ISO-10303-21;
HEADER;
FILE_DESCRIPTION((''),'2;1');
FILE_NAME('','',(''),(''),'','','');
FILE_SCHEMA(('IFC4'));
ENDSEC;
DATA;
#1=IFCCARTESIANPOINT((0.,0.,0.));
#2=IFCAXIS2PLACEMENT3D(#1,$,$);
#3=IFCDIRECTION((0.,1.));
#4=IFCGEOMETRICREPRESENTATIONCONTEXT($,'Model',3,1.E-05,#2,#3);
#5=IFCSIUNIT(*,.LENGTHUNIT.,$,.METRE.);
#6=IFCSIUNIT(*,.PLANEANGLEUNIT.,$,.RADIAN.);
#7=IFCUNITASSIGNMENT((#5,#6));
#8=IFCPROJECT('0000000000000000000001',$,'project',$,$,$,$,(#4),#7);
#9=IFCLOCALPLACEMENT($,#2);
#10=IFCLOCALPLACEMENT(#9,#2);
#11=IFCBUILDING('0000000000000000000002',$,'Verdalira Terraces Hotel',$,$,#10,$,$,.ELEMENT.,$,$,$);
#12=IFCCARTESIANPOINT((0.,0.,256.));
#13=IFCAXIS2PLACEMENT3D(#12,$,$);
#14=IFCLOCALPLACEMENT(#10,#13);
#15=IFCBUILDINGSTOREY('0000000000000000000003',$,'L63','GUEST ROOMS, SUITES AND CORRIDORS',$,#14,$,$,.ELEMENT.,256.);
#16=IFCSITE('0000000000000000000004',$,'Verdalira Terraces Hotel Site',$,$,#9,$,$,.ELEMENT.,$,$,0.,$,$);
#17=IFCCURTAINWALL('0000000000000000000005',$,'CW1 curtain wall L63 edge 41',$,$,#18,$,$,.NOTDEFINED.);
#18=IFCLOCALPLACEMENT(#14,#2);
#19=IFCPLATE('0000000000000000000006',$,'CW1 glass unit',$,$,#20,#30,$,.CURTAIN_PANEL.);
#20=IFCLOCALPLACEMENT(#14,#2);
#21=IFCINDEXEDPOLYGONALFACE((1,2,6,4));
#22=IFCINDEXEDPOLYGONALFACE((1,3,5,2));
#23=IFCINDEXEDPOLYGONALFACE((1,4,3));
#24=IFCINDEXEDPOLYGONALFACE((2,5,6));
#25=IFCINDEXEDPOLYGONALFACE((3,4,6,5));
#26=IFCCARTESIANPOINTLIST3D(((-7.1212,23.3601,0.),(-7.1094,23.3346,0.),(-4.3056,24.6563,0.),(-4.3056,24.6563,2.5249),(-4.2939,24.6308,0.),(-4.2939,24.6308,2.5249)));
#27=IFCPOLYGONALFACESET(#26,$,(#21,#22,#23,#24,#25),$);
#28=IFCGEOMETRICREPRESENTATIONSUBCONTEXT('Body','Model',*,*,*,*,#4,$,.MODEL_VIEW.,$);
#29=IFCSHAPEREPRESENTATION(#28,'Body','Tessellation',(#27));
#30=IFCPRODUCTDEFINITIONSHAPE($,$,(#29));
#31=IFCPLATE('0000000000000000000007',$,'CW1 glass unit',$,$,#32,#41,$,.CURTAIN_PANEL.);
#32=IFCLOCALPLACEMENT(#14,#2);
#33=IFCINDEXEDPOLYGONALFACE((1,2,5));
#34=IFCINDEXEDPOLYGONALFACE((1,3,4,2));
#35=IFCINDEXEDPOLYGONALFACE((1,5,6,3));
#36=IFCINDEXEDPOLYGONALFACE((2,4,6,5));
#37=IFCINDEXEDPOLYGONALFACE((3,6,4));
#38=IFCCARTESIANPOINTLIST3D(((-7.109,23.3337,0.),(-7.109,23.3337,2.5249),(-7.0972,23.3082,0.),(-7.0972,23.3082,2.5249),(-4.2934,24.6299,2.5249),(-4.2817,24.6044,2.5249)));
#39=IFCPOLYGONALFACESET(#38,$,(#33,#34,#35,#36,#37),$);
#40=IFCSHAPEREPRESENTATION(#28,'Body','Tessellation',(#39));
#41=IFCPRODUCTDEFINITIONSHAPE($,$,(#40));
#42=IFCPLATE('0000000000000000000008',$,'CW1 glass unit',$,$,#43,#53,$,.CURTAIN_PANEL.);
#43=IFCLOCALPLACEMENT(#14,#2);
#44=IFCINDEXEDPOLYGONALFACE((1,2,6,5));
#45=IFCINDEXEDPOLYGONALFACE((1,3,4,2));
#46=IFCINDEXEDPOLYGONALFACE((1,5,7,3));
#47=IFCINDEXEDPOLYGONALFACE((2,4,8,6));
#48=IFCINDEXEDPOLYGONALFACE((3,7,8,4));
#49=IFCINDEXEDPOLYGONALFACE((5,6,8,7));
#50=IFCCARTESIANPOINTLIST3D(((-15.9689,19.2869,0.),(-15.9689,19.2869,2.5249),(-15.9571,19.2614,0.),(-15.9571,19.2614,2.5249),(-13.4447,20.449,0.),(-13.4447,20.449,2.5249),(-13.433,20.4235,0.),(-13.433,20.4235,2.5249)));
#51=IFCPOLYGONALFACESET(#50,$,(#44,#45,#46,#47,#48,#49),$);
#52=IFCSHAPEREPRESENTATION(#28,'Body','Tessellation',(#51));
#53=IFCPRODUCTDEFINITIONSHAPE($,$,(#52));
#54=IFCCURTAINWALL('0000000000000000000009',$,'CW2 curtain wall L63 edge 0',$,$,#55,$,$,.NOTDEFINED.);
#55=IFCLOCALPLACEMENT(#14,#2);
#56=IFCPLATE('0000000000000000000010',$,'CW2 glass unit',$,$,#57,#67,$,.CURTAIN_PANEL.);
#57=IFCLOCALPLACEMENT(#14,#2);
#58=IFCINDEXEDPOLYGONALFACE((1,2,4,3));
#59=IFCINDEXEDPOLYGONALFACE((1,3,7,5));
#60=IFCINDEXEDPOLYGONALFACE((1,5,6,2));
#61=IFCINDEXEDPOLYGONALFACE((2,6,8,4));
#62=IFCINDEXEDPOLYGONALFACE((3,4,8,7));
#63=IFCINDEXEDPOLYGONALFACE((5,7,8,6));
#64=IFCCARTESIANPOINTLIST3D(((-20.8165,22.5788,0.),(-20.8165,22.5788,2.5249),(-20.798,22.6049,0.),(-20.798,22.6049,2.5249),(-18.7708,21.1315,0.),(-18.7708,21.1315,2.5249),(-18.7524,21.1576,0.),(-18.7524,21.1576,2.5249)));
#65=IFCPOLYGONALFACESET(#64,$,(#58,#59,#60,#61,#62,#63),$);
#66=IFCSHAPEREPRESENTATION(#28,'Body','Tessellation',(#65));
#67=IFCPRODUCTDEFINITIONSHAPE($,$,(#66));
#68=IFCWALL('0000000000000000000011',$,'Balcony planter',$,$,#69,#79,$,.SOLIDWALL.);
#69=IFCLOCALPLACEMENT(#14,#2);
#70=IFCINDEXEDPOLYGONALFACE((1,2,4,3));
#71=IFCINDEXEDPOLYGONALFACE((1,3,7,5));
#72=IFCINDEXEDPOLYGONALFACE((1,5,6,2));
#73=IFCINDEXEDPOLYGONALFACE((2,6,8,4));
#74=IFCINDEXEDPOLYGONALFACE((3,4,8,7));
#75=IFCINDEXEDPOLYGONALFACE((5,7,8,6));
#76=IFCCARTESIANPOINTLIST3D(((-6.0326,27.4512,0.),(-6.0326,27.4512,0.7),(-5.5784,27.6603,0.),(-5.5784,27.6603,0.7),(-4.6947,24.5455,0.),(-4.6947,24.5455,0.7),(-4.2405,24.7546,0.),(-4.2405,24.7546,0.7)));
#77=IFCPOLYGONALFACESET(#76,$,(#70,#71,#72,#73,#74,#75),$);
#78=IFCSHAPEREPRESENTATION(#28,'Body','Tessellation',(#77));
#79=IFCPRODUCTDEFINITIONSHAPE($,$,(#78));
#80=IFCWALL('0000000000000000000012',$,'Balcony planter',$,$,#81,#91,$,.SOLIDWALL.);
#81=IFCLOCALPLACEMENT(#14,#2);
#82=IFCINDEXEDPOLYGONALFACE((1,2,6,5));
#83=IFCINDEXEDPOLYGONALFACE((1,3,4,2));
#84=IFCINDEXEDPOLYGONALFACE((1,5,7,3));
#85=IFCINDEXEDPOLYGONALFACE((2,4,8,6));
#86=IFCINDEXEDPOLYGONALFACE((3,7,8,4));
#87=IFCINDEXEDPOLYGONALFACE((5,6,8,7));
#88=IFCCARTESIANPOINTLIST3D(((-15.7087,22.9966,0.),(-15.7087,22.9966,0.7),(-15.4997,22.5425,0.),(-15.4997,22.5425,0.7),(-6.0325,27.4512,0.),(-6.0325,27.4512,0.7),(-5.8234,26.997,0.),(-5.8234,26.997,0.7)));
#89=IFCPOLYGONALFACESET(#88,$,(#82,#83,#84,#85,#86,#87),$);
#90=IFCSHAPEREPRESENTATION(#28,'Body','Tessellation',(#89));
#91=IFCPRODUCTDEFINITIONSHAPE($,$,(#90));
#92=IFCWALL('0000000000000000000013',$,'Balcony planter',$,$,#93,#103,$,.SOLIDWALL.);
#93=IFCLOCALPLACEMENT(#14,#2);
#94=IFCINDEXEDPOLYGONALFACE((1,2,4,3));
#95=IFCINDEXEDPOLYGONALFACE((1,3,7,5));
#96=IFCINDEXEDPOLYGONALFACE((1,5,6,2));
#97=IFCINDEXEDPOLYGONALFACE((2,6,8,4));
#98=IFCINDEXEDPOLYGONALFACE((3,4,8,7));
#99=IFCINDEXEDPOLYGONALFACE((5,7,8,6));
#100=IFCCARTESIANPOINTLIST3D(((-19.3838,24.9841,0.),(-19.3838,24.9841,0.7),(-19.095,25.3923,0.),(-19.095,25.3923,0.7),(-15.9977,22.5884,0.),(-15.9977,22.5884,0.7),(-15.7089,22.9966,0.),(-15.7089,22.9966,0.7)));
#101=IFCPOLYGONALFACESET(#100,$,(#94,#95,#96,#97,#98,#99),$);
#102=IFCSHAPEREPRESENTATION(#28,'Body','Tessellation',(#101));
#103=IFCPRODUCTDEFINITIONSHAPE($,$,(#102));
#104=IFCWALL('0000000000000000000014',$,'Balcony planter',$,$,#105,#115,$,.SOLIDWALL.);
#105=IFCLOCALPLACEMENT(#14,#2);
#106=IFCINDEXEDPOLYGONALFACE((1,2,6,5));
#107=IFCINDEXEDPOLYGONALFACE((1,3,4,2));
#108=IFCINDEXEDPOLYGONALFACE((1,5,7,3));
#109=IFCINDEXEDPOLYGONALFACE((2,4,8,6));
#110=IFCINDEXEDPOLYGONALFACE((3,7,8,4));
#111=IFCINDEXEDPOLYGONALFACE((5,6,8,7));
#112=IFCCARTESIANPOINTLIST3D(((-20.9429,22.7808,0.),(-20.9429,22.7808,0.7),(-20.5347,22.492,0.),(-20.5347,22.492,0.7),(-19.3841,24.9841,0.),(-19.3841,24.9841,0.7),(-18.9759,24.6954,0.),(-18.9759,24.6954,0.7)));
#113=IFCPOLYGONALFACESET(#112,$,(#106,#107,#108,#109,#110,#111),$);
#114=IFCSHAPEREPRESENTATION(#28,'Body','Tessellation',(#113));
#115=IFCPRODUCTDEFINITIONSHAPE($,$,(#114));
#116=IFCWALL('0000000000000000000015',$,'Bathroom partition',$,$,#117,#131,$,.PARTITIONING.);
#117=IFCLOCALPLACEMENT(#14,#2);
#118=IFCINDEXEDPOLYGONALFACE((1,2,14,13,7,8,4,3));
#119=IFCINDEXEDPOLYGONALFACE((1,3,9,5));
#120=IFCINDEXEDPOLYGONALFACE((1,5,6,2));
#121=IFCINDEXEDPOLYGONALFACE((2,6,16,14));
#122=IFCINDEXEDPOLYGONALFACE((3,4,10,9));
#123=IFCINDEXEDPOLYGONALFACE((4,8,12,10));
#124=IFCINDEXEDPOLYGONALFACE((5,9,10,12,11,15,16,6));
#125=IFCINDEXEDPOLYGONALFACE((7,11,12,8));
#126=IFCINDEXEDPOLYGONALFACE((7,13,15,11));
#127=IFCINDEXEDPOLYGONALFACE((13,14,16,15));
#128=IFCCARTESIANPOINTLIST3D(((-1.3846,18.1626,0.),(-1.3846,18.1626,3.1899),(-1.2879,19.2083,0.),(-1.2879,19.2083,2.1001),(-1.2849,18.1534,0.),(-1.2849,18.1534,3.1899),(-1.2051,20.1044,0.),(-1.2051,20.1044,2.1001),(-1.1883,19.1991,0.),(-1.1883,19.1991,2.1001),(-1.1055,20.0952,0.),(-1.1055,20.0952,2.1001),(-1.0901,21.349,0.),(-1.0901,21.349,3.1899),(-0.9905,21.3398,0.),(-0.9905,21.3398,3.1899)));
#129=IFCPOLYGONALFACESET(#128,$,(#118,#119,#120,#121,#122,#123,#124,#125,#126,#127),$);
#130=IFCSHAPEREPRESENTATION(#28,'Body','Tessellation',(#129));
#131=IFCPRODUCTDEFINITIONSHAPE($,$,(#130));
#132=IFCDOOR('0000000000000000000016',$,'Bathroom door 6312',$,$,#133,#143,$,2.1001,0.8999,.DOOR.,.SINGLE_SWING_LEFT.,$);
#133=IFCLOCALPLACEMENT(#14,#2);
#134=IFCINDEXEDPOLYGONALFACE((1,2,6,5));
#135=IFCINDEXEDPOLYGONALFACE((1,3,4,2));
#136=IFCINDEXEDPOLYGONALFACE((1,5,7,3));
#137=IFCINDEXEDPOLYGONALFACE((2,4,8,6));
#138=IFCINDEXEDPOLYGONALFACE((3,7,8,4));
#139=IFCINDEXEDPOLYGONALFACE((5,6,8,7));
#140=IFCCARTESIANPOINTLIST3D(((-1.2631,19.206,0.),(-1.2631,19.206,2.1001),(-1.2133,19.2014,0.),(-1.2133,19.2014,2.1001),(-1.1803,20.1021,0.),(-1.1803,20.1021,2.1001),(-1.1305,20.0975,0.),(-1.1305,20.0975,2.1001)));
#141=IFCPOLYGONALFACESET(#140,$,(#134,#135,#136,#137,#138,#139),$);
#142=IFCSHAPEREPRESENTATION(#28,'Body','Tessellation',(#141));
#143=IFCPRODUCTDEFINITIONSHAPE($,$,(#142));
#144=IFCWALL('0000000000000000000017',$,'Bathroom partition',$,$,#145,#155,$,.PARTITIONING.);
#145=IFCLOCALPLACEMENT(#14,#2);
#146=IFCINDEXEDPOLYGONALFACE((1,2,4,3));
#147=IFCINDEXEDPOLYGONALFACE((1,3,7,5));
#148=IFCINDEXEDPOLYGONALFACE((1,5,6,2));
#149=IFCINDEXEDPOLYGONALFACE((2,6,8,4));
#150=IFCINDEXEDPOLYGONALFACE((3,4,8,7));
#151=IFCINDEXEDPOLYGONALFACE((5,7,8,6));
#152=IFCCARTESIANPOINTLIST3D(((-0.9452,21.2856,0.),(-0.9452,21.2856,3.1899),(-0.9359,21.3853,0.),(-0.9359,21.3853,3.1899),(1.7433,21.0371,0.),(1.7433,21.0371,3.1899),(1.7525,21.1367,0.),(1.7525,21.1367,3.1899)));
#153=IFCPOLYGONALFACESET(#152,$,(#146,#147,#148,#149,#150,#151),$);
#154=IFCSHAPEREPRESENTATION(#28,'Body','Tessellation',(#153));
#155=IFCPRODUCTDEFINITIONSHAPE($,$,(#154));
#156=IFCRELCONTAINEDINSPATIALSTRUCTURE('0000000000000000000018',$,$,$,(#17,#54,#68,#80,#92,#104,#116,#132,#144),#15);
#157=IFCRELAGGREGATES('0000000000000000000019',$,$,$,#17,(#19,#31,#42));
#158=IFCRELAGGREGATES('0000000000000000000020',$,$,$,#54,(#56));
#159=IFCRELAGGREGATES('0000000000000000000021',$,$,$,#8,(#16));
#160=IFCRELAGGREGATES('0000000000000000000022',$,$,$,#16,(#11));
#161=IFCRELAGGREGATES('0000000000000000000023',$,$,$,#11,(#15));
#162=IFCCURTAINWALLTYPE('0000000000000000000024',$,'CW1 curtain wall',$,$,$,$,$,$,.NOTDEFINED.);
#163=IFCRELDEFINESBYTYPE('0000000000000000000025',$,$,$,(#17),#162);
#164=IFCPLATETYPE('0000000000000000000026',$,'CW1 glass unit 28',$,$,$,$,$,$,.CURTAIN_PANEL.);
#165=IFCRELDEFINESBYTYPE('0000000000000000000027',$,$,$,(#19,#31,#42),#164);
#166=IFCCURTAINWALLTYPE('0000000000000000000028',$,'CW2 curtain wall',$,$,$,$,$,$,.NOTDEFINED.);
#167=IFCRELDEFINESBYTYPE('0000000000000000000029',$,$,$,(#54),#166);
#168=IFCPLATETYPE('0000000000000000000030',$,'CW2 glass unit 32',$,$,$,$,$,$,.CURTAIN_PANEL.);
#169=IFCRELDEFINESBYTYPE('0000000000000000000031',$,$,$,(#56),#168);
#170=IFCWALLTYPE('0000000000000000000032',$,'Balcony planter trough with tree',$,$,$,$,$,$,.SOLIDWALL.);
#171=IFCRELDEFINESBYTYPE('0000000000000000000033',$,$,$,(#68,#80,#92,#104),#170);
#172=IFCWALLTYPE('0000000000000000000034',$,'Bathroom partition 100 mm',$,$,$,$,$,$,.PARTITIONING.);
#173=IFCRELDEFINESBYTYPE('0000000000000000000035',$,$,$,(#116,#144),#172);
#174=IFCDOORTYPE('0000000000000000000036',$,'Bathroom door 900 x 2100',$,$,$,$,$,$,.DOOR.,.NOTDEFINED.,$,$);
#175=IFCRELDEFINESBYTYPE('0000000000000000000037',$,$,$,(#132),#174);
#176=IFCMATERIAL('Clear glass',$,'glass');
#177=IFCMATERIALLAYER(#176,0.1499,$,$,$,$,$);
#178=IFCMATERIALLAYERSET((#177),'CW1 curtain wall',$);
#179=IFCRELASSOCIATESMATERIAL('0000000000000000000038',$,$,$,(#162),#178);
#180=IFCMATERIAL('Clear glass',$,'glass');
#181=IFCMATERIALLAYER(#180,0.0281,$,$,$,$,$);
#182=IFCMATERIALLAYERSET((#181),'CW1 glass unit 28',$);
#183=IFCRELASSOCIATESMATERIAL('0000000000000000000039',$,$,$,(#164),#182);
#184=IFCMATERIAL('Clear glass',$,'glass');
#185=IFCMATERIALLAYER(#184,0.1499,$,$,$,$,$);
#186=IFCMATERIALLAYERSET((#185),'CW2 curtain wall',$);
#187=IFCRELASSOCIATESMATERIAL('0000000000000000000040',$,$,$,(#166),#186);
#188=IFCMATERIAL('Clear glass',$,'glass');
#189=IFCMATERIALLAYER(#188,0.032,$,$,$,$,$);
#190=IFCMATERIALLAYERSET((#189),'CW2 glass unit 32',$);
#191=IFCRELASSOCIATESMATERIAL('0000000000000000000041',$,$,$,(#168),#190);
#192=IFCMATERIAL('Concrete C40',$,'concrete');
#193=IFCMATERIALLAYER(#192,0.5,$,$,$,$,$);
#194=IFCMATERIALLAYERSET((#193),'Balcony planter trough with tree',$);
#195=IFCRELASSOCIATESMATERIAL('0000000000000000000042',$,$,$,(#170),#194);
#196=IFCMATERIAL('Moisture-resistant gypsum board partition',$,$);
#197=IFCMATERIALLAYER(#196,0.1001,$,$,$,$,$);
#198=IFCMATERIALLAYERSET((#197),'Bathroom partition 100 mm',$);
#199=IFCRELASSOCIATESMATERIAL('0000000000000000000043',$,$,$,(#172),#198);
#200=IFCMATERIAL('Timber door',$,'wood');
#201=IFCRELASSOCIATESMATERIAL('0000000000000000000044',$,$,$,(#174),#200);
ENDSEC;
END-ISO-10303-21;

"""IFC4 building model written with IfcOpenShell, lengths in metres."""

from ifc_helpers import new_model, si_unit, direction, frame, frame_2d, origin, origin_2d, place, context, subcontext, project, spatial, polyline, rectangle, outline, extrude, material, layer, layer_set, type_object, element, fill, aggregate, save


model = new_model("IFC4")

# Units and contexts
model_context = context("Model", 3, precision=1e-05, world=origin(), true_north=direction((0.0, 1.0)))
body_context = subcontext(model_context, "Body", "Model", "MODEL_VIEW")
ifc_project = project(units=[si_unit("LENGTHUNIT", "METRE"), si_unit("PLANEANGLEUNIT", "RADIAN")], contexts=[model_context])

# Site, building, storey
site_placement = place(None, origin())
site = spatial("IfcSite", under=ifc_project, at=site_placement, Name="Verdalira Terraces Hotel Site", CompositionType="ELEMENT", RefElevation=0.0)
building_placement = place(site_placement, origin())
building = spatial("IfcBuilding", under=site, at=building_placement, Name="Verdalira Terraces Hotel", CompositionType="ELEMENT")
storey_placement = place(building_placement, frame((0.0, 0.0, 256.0)))
storey = spatial("IfcBuildingStorey", under=building, at=storey_placement, Name="L63", Description="GUEST ROOMS, SUITES AND CORRIDORS", CompositionType="ELEMENT", Elevation=256.0)

# Shared definitions
ifc_material_1 = material(Name="Clear glass", Category="glass")
ifc_layer_1 = layer(ifc_material_1, 0.1499)
ifc_layer_set_1 = layer_set([ifc_layer_1], Name="CW1 curtain wall")
curtain_wall_type_1 = type_object("IfcCurtainWallType", Name="CW1 curtain wall", PredefinedType="NOTDEFINED", material=ifc_layer_set_1)

# Curtain wall
curtain_wall_1_placement = place(storey_placement, origin())
curtain_wall_1 = element("IfcCurtainWall", 1, at=curtain_wall_1_placement, inside=storey, type_object=curtain_wall_type_1, Name="CW1 curtain wall L63 edge 41", PredefinedType="NOTDEFINED")

# Plates
ifc_material_2 = material(Name="Clear glass", Category="glass")
ifc_layer_2 = layer(ifc_material_2, 0.0281)
ifc_layer_set_2 = layer_set([ifc_layer_2], Name="CW1 glass unit 28")
plate_type_1 = type_object("IfcPlateType", Name="CW1 glass unit 28", PredefinedType="CURTAIN_PANEL", material=ifc_layer_set_2)
plate_1_placement = place(storey_placement, frame((-5.7017, 23.9827, 1.2625), z_axis=(-0.418184, 0.908362, 0.0), x_axis=(-0.908362, -0.418184, 0.0)))
plate_1 = element("IfcPlate", 2, at=plate_1_placement, type_object=plate_type_1, Name="CW1 glass unit", PredefinedType="CURTAIN_PANEL", context=body_context, shape_type="SweptSolid", body=[
    extrude(outline(polyline([(-1.5498, -1.2625), (1.5498, -1.2625), (-1.5498, 1.2625), (-1.5498, -1.2625)])), origin(), (0.0, 0.0, 1.0), 0.0281),
])
plate_2_placement = place(storey_placement, frame((-5.6895, 23.9563, 1.2625), z_axis=(-0.418184, 0.908362, 0.0), x_axis=(-0.908362, -0.418184, 0.0)))
plate_2 = element("IfcPlate", 3, at=plate_2_placement, type_object=plate_type_1, Name="CW1 glass unit", PredefinedType="CURTAIN_PANEL", context=body_context, shape_type="SweptSolid", body=[
    extrude(outline(polyline([(1.5498, -1.2625), (1.5498, 1.2625), (-1.5498, 1.2625), (1.5498, -1.2625)])), origin(), (0.0, 0.0, 1.0), 0.0281),
])
plate_3_placement = place(storey_placement, frame((-14.7009, 19.8552, 0.0), z_axis=(0.0, 0.0, 1.0), x_axis=(-0.908362, -0.418184, 0.0)))
plate_3 = element("IfcPlate", 4, at=plate_3_placement, type_object=plate_type_1, Name="CW1 glass unit", PredefinedType="CURTAIN_PANEL", context=body_context, shape_type="SweptSolid", body=[
    extrude(rectangle(XDim=2.7788, YDim=0.0281, at=origin_2d()), origin(), (0.0, 0.0, 1.0), 2.5249),
])
aggregate(curtain_wall_1, [plate_1, plate_2, plate_3])

# Curtain wall, plate
ifc_material_3 = material(Name="Clear glass", Category="glass")
ifc_layer_3 = layer(ifc_material_3, 0.1499)
ifc_layer_set_3 = layer_set([ifc_layer_3], Name="CW2 curtain wall")
curtain_wall_type_2 = type_object("IfcCurtainWallType", Name="CW2 curtain wall", PredefinedType="NOTDEFINED", material=ifc_layer_set_3)
curtain_wall_2_placement = place(storey_placement, origin())
curtain_wall_2 = element("IfcCurtainWall", 5, at=curtain_wall_2_placement, inside=storey, type_object=curtain_wall_type_2, Name="CW2 curtain wall L63 edge 0", PredefinedType="NOTDEFINED")
ifc_material_4 = material(Name="Clear glass", Category="glass")
ifc_layer_4 = layer(ifc_material_4, 0.032)
ifc_layer_set_4 = layer_set([ifc_layer_4], Name="CW2 glass unit 32")
plate_type_2 = type_object("IfcPlateType", Name="CW2 glass unit 32", PredefinedType="CURTAIN_PANEL", material=ifc_layer_set_4)
plate_4_placement = place(storey_placement, frame((-19.7844, 21.8682, 0.0), z_axis=(0.0, 0.0, 1.0), x_axis=(-0.816339, 0.577573, 0.0)))
plate_4 = element("IfcPlate", 6, at=plate_4_placement, type_object=plate_type_2, Name="CW2 glass unit", PredefinedType="CURTAIN_PANEL", context=body_context, shape_type="SweptSolid", body=[
    extrude(rectangle(XDim=2.5059, YDim=0.032, at=origin_2d()), origin(), (0.0, 0.0, 1.0), 2.5249),
])
aggregate(curtain_wall_2, [plate_4])

# Walls
ifc_material_5 = material(Name="Concrete C40", Category="concrete")
ifc_layer_5 = layer(ifc_material_5, 0.5)
ifc_layer_set_5 = layer_set([ifc_layer_5], Name="Balcony planter trough with tree")
wall_type_1 = type_object("IfcWallType", Name="Balcony planter trough with tree", PredefinedType="SOLIDWALL", material=ifc_layer_set_5)
wall_1_placement = place(storey_placement, frame((-4.4675, 24.6499, 0.0), z_axis=(0.0, 0.0, 1.0), x_axis=(-0.418226, 0.908343, 0.0)))
element("IfcWall", 7, at=wall_1_placement, inside=storey, type_object=wall_type_1, Name="Balcony planter", PredefinedType="SOLIDWALL", context=body_context, shape_type="SweptSolid", body=[
    extrude(rectangle(XDim=3.199, YDim=0.5, at=frame_2d((1.5996, 0.0))), origin(), (0.0, 0.0, 1.0), 0.7),
])
wall_2_placement = place(storey_placement, frame((-5.928, 27.2241, 0.0), z_axis=(0.0, 0.0, 1.0), x_axis=(-0.908365, -0.418177, 0.0)))
element("IfcWall", 8, at=wall_2_placement, inside=storey, type_object=wall_type_1, Name="Balcony planter", PredefinedType="SOLIDWALL", context=body_context, shape_type="SweptSolid", body=[
    extrude(rectangle(XDim=10.6523, YDim=0.5, at=frame_2d((5.3262, 0.0))), origin(), (0.0, 0.0, 1.0), 0.7),
])
wall_3_placement = place(storey_placement, frame((-15.8533, 22.7925, 0.0), z_axis=(0.0, 0.0, 1.0), x_axis=(-0.816346, 0.577563, 0.0)))
element("IfcWall", 9, at=wall_3_placement, inside=storey, type_object=wall_type_1, Name="Balcony planter", PredefinedType="SOLIDWALL", context=body_context, shape_type="SweptSolid", body=[
    extrude(rectangle(XDim=4.1479, YDim=0.5, at=frame_2d((2.074, 0.0))), origin(), (0.0, 0.0, 1.0), 0.7),
])
wall_4_placement = place(storey_placement, frame((-19.1799, 24.8398, 0.0), z_axis=(0.0, 0.0, 1.0), x_axis=(-0.577553, -0.816353, 0.0)))
element("IfcWall", 10, at=wall_4_placement, inside=storey, type_object=wall_type_1, Name="Balcony planter", PredefinedType="SOLIDWALL", context=body_context, shape_type="SweptSolid", body=[
    extrude(rectangle(XDim=2.699, YDim=0.5, at=frame_2d((1.3496, 0.0))), origin(), (0.0, 0.0, 1.0), 0.7),
])

# Wall, opening, door
ifc_material_6 = material(Name="Moisture-resistant gypsum board partition")
ifc_layer_6 = layer(ifc_material_6, 0.1001)
ifc_layer_set_6 = layer_set([ifc_layer_6], Name="Bathroom partition 100 mm")
wall_type_2 = type_object("IfcWallType", Name="Bathroom partition 100 mm", PredefinedType="PARTITIONING", material=ifc_layer_set_6)
wall_5_placement = place(storey_placement, frame((-1.0403, 21.3445, 0.0), z_axis=(0.0, 0.0, 1.0), x_axis=(-0.092015, -0.995758, 0.0)))
wall_5 = element("IfcWall", 11, at=wall_5_placement, inside=storey, type_object=wall_type_2, Name="Bathroom partition", PredefinedType="PARTITIONING", context=body_context, shape_type="SweptSolid", body=[
    extrude(rectangle(XDim=3.2, YDim=0.1001, at=frame_2d((1.6001, 0.0))), origin(), (0.0, 0.0, 1.0), 3.1899),
])
opening_1_placement = place(wall_5_placement, frame((1.25, 0.0, 0.0)))
opening_1 = element("IfcOpeningElement", 12, at=opening_1_placement, cuts=wall_5, PredefinedType="OPENING", context=body_context, shape_type="SweptSolid", body=[
    extrude(rectangle(XDim=0.8999, YDim=2.1001, at=frame_2d((0.45, 1.05))), frame((0.0, 0.0601, 0.0), z_axis=(0.0, -1.0, 0.0), x_axis=(1.0, 0.0, 0.0)), (0.0, 0.0, 1.0), 0.1201),
])
ifc_material_7 = material(Name="Timber door", Category="wood")
door_type_1 = type_object("IfcDoorType", Name="Bathroom door 900 x 2100", OperationType="NOTDEFINED", PredefinedType="DOOR", material=ifc_material_7)
door_1_placement = place(opening_1_placement, origin())
door_1 = element("IfcDoor", 13, at=door_1_placement, inside=storey, type_object=door_type_1, Name="Bathroom door 6312", OperationType="SINGLE_SWING_LEFT", OverallHeight=2.1001, OverallWidth=0.8999, PredefinedType="DOOR", context=body_context, shape_type="SweptSolid", body=[
    extrude(rectangle(XDim=0.8999, YDim=2.1001, at=frame_2d((0.45, 1.05))), frame((0.0, 0.0249, 0.0), z_axis=(0.0, -1.0, 0.0), x_axis=(1.0, 0.0, 0.0)), (0.0, 0.0, 1.0), 0.05),
])
fill(opening_1, door_1)

# Wall
wall_6_placement = place(storey_placement, frame((-0.9407, 21.3354, 0.0), z_axis=(0.0, 0.0, 1.0), x_axis=(0.995754, -0.092052, 0.0)))
element("IfcWall", 14, at=wall_6_placement, inside=storey, type_object=wall_type_2, Name="Bathroom partition", PredefinedType="PARTITIONING", context=body_context, shape_type="SweptSolid", body=[
    extrude(rectangle(XDim=2.7, YDim=0.1001, at=frame_2d((1.3501, 0.0))), origin(), (0.0, 0.0, 1.0), 3.1899),
])

save(model, "model.ifc")
